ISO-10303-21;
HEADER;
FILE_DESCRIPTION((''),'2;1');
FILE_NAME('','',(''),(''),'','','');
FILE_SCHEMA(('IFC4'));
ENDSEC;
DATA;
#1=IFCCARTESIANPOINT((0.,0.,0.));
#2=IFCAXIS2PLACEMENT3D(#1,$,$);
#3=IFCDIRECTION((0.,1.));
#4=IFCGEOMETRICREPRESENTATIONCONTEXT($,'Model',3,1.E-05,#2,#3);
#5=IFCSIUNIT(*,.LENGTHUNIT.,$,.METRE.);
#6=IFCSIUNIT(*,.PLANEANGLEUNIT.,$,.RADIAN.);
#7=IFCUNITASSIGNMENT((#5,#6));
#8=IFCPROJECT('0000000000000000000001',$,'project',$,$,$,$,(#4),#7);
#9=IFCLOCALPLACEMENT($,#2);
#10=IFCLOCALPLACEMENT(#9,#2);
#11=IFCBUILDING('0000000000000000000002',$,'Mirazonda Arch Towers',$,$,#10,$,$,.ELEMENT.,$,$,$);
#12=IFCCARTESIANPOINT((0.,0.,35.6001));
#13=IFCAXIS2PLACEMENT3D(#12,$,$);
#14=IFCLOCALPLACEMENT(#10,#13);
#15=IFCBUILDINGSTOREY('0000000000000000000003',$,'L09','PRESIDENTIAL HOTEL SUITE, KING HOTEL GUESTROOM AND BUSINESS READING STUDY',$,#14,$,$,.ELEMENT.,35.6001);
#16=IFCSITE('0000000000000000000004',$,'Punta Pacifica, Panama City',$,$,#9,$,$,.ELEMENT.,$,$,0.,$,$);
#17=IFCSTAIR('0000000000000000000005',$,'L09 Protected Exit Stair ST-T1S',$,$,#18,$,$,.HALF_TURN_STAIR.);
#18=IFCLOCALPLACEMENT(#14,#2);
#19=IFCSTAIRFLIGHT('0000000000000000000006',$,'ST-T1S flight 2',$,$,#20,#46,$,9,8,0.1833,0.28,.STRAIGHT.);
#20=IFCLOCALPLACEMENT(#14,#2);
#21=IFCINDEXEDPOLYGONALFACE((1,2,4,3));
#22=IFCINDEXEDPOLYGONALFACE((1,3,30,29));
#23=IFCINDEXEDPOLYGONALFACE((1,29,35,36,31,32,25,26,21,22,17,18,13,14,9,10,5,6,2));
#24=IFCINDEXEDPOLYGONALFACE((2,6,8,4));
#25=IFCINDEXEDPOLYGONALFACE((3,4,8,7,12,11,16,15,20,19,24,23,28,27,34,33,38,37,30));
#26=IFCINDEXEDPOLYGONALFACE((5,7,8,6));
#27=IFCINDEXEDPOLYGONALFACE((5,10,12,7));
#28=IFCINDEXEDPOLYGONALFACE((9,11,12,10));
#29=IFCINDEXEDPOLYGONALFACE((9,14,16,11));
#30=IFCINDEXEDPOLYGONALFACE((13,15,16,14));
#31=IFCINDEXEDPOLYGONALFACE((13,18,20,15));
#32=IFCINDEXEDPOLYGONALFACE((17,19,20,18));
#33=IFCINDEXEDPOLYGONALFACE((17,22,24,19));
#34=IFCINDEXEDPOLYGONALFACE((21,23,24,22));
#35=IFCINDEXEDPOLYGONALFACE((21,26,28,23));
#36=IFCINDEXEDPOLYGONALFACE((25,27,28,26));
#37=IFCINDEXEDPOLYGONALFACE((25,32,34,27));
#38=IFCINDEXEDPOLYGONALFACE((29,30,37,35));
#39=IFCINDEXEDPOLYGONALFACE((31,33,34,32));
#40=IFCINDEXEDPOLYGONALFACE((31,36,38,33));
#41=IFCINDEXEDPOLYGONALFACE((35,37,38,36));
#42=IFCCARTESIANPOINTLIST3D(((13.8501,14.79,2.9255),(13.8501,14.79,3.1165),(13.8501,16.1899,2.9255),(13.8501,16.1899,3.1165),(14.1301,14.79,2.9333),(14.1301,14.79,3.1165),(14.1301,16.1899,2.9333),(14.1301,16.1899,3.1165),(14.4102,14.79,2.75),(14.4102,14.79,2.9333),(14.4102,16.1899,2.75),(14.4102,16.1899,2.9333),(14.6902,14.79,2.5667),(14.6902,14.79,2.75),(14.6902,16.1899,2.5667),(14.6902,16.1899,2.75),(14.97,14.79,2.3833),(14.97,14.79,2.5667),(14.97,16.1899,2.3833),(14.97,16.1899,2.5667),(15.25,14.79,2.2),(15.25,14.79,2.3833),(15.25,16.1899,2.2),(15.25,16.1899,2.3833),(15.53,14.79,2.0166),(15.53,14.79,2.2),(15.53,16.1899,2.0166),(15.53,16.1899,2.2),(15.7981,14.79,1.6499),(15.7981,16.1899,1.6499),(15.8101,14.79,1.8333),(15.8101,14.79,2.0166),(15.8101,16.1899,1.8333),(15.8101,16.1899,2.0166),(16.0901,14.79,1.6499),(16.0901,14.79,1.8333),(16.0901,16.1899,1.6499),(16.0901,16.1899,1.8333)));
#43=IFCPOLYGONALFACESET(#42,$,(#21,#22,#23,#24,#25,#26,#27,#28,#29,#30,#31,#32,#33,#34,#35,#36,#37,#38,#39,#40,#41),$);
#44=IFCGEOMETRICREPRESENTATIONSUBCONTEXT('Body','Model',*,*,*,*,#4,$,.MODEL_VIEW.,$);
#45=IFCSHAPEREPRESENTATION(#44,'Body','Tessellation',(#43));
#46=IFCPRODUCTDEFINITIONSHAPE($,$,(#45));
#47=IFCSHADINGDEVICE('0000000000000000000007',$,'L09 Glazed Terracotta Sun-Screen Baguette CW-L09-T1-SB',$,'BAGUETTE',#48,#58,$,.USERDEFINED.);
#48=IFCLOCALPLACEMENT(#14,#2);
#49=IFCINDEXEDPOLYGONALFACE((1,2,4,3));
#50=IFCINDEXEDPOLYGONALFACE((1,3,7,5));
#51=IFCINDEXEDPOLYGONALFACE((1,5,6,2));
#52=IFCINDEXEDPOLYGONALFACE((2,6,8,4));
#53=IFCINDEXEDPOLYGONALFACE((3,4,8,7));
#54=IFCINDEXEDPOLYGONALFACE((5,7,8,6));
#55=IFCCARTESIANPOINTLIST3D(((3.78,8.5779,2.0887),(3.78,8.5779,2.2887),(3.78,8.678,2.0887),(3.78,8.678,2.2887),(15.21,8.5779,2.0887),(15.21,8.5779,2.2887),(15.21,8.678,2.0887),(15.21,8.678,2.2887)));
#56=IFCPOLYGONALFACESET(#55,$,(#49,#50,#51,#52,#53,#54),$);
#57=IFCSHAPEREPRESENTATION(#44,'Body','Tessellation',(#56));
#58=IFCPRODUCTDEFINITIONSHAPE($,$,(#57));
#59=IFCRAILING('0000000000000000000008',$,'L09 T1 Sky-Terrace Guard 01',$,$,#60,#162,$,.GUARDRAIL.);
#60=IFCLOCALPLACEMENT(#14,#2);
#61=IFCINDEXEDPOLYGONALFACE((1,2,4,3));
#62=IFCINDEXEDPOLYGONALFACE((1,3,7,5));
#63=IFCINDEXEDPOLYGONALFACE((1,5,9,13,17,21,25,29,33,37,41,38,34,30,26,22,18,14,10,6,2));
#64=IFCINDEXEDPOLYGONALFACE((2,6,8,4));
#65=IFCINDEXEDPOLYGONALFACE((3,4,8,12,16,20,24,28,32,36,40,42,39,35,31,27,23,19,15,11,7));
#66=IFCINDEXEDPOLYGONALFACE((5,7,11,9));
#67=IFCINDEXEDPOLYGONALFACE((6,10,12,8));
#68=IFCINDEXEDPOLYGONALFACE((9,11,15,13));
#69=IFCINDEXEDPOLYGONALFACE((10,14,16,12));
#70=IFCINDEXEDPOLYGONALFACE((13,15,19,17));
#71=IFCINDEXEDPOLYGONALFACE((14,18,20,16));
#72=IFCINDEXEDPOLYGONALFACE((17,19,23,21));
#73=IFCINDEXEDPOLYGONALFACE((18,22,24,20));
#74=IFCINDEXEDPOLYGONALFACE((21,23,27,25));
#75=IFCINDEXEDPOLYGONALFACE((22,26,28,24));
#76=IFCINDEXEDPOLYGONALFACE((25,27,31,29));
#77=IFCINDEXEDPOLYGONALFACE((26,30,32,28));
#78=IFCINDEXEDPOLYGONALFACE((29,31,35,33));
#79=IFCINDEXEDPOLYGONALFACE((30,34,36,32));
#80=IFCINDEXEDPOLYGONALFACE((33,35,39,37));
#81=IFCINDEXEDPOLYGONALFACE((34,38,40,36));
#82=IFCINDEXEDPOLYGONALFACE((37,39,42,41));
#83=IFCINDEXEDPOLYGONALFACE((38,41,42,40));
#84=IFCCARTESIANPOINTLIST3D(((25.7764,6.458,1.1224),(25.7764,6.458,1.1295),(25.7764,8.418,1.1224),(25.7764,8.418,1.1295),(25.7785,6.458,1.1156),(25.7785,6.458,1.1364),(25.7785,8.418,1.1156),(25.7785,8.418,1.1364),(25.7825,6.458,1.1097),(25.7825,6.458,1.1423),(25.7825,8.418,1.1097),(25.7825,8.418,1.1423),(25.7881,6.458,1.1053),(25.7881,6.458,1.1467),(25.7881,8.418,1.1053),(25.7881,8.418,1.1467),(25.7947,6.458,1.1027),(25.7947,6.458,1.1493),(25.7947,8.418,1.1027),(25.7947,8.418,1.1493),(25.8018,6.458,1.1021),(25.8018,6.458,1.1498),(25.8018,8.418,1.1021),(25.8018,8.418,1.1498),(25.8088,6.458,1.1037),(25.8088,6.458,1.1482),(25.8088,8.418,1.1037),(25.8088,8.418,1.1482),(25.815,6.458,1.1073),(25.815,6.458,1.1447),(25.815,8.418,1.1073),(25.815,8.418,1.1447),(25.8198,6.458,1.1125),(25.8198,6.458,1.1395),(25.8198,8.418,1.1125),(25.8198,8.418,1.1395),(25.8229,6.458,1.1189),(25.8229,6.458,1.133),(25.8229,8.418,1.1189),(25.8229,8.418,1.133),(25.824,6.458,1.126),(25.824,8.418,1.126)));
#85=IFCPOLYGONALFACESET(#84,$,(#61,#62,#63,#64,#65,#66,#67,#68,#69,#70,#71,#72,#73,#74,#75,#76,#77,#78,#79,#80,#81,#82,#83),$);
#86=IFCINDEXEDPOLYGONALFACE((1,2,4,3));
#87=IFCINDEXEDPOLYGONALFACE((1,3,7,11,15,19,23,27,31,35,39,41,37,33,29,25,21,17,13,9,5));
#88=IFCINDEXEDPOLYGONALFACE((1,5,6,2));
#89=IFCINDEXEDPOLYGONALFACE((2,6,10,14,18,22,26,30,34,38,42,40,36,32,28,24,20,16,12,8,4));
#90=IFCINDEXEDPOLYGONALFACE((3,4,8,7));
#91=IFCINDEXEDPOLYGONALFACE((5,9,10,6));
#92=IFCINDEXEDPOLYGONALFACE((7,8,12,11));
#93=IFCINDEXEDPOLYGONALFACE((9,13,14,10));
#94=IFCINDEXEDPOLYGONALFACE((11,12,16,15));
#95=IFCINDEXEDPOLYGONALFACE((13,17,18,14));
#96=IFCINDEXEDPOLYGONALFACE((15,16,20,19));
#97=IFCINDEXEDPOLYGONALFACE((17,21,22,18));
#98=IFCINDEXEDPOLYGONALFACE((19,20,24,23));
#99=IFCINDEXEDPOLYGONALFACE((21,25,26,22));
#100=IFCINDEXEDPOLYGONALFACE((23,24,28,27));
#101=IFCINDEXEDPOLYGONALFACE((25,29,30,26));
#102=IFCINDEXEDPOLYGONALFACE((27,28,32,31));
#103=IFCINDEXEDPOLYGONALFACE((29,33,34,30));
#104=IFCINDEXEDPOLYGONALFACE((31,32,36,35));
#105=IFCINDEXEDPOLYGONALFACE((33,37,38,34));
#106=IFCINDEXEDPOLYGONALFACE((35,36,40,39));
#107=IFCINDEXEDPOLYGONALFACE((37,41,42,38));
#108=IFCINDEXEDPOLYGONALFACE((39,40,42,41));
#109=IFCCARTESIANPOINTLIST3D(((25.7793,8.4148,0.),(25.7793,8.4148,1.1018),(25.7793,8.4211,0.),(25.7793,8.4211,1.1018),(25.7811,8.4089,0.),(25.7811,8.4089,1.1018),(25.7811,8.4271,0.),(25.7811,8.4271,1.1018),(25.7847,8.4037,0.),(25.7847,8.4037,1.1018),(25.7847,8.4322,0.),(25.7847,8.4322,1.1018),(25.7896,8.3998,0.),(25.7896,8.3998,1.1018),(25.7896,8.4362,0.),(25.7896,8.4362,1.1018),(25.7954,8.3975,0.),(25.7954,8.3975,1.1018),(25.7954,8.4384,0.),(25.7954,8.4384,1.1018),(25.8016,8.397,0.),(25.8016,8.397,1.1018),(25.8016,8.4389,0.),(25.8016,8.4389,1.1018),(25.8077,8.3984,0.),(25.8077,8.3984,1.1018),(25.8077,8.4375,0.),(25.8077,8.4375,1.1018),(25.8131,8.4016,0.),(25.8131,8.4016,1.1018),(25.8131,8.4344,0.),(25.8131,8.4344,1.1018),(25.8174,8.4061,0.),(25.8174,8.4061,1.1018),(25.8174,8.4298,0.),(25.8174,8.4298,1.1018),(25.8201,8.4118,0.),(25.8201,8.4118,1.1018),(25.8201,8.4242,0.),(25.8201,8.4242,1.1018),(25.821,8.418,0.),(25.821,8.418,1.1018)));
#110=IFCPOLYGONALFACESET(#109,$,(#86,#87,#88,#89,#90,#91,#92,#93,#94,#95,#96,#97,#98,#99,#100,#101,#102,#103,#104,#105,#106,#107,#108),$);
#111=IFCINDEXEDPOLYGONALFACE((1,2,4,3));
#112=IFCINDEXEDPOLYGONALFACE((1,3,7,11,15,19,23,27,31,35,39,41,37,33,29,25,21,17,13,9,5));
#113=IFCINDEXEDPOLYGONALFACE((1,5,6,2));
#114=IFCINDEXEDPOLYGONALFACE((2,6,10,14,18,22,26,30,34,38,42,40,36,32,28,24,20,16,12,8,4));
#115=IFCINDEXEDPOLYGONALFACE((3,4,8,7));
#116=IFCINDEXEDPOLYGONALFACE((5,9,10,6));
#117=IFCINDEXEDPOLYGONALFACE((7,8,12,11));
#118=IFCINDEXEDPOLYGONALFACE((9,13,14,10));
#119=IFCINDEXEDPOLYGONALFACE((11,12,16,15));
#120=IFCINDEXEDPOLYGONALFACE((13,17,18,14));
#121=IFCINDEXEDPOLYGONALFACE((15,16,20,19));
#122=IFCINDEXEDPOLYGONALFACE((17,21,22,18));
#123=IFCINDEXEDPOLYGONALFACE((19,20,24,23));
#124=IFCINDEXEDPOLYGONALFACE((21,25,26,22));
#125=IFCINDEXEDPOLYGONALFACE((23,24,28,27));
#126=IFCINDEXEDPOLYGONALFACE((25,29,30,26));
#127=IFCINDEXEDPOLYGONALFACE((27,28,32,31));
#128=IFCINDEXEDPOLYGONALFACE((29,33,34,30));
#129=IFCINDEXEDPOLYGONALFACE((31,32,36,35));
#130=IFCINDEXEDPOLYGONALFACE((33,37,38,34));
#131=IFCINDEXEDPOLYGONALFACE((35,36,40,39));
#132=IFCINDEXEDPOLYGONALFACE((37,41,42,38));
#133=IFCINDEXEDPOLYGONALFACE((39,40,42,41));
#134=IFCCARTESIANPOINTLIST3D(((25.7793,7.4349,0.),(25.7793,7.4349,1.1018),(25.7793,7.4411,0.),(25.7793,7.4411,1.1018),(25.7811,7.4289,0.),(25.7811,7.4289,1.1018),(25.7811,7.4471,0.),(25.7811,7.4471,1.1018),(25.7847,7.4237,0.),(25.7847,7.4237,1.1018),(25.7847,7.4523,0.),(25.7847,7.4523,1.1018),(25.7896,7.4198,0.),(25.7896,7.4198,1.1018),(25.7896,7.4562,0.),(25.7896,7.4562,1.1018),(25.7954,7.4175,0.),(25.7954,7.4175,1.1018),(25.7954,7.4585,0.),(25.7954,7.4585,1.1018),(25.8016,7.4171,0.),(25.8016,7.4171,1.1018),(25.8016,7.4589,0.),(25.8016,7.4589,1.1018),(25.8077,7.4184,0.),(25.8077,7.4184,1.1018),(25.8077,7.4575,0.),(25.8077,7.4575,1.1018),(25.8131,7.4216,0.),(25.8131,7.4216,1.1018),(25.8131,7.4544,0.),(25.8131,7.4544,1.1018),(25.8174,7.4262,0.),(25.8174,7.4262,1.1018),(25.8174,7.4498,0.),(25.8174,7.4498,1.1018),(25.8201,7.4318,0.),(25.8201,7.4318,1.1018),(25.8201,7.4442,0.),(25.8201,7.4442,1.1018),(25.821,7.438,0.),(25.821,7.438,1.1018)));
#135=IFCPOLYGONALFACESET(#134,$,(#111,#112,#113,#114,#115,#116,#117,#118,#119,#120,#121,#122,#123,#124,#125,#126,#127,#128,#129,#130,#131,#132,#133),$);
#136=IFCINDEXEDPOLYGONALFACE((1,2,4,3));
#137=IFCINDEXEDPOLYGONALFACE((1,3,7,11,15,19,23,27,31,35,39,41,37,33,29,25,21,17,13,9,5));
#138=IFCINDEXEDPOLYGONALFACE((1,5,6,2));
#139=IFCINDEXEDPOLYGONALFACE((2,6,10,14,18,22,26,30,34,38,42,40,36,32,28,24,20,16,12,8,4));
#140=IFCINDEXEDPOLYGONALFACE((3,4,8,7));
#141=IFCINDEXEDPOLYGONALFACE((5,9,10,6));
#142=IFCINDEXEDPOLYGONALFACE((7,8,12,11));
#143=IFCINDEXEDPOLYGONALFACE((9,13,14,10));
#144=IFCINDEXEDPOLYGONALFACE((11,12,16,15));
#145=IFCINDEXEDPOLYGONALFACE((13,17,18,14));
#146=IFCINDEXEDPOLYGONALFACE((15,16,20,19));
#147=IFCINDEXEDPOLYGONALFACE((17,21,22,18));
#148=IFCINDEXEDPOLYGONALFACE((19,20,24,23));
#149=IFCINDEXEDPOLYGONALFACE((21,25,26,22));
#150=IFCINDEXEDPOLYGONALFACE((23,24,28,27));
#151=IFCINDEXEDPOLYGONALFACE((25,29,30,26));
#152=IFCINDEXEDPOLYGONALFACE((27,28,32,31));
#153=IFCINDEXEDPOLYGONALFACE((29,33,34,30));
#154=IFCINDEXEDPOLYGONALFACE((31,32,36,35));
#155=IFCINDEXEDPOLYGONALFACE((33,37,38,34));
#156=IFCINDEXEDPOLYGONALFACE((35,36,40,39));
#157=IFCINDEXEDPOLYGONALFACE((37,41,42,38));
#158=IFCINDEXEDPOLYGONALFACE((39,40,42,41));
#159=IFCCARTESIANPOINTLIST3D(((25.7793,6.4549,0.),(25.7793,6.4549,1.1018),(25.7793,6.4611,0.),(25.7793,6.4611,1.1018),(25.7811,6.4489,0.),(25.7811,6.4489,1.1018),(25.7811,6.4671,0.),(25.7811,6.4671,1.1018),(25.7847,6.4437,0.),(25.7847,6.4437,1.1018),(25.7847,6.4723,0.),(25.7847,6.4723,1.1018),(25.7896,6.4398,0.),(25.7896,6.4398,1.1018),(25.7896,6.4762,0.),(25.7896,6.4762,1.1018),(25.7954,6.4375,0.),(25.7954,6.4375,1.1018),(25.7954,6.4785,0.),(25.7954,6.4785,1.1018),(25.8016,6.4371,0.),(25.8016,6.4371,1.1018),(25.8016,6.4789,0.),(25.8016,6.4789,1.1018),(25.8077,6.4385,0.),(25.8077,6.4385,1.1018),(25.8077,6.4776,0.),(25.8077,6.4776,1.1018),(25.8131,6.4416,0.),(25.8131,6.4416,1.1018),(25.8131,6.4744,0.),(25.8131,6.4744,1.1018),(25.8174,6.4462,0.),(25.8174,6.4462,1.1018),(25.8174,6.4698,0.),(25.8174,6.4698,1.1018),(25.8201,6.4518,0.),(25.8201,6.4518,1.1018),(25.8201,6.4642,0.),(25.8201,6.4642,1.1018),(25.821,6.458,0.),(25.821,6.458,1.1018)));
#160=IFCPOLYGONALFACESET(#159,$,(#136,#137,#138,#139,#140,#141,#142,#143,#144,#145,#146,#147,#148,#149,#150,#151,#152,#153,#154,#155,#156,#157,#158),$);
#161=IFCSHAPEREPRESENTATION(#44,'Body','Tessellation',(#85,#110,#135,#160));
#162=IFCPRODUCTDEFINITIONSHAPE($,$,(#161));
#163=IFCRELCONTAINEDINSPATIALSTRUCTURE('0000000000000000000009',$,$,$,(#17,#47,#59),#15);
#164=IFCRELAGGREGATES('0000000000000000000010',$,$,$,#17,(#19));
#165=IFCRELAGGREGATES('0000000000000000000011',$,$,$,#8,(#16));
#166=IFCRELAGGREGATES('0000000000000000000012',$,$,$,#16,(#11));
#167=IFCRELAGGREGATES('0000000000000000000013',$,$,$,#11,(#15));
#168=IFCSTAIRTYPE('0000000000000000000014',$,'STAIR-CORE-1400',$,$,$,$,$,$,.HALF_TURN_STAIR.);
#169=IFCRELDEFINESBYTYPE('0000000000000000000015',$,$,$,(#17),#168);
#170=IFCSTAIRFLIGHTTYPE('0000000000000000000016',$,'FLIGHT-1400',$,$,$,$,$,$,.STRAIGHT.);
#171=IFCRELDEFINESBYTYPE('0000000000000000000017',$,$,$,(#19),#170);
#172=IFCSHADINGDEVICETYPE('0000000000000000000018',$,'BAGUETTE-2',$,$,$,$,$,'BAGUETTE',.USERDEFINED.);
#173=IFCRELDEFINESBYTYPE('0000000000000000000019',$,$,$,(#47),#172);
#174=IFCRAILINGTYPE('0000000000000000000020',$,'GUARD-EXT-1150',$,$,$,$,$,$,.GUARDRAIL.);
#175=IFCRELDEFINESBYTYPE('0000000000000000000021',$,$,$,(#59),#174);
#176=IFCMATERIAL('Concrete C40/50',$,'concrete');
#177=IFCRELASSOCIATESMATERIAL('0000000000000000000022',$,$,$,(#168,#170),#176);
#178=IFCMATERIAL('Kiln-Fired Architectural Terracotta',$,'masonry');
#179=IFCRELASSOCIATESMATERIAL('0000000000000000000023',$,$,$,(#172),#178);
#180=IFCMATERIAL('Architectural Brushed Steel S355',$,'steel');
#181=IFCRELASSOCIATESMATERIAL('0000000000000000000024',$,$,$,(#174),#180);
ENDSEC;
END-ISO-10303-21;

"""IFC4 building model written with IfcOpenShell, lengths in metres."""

from ifc_helpers import new_model, si_unit, direction, frame, origin, origin_2d, place, context, subcontext, project, spatial, polyline, rectangle, circle, outline, extrude, material, material_profile, profile_set, type_object, element, aggregate, save


model = new_model("IFC4")

# Units and contexts
model_context = context("Model", 3, precision=1e-05, world=origin(), true_north=direction((0.0, 1.0)))
body_context = subcontext(model_context, "Body", "Model", "MODEL_VIEW")
ifc_project = project(units=[si_unit("LENGTHUNIT", "METRE"), si_unit("PLANEANGLEUNIT", "RADIAN")], contexts=[model_context])

# Site, building, storey
site_placement = place(None, origin())
site = spatial("IfcSite", under=ifc_project, at=site_placement, Name="Punta Pacifica, Panama City", CompositionType="ELEMENT", RefElevation=0.0)
building_placement = place(site_placement, origin())
building = spatial("IfcBuilding", under=site, at=building_placement, Name="Mirazonda Arch Towers", CompositionType="ELEMENT")
storey_placement = place(building_placement, frame((0.0, 0.0, 35.6001)))
storey = spatial("IfcBuildingStorey", under=building, at=storey_placement, Name="L09", Description="PRESIDENTIAL HOTEL SUITE, KING HOTEL GUESTROOM AND BUSINESS READING STUDY", CompositionType="ELEMENT", Elevation=35.6001)

# Shared definitions
ifc_material_1 = material(Name="Concrete C40/50", Category="concrete")

# Stair, stair flight
stair_type = type_object("IfcStairType", Name="STAIR-CORE-1400", PredefinedType="HALF_TURN_STAIR", material=ifc_material_1)
stair_placement = place(storey_placement, origin())
stair = element("IfcStair", 1, at=stair_placement, inside=storey, type_object=stair_type, Name="L09 Protected Exit Stair ST-T1S", PredefinedType="HALF_TURN_STAIR")
stair_flight_type = type_object("IfcStairFlightType", Name="FLIGHT-1400", PredefinedType="STRAIGHT", material=ifc_material_1)
stair_flight_placement = place(storey_placement, frame((16.0901, 15.49, 1.6499), z_axis=(0.0, 0.0, 1.0), x_axis=(-1.0, 0.0, 0.0)))
stair_flight = element("IfcStairFlight", 2, at=stair_flight_placement, type_object=stair_flight_type, Name="ST-T1S flight 2", NumberOfRisers=9, NumberOfTreads=8, PredefinedType="STRAIGHT", RiserHeight=0.1833, TreadLength=0.28, context=body_context, shape_type="SweptSolid", body=[
    extrude(outline(polyline([(0.0, 0.0), (0.0, 0.1833), (0.28, 0.1833), (0.28, 0.3667), (0.5601, 0.3667), (0.5601, 0.55), (0.8401, 0.55), (0.8401, 0.7334), (1.1201, 0.7334), (1.1201, 0.9167), (1.3999, 0.9167), (1.3999, 1.1001), (1.6799, 1.1001), (1.6799, 1.2834), (1.96, 1.2834), (1.96, 1.4666), (2.24, 1.4666), (2.24, 1.6499), (2.24, 1.2756), (0.292, 0.0), (0.0, 0.0)])), frame((0.0, 0.7, 0.0), z_axis=(0.0, -1.0, 0.0), x_axis=(1.0, 0.0, 0.0)), (0.0, 0.0, 1.0), 1.3999),
])
aggregate(stair, [stair_flight])

# Shading device
ifc_material_2 = material(Name="Kiln-Fired Architectural Terracotta", Category="masonry")
ifc_material_profile_1 = material_profile(ifc_material_2, rectangle(XDim=0.1001, YDim=0.2, at=origin_2d()), Name="TERRA-BAG-100x200")
ifc_profile_set_1 = profile_set([ifc_material_profile_1], Name="Kiln-Fired Architectural Terracotta")
shading_device_type = type_object("IfcShadingDeviceType", Name="BAGUETTE-2", ElementType="BAGUETTE", PredefinedType="USERDEFINED", material=ifc_profile_set_1)
shading_device_placement = place(storey_placement, frame((15.21, 8.6279, 2.1887), z_axis=(-1.0, 0.0, 0.0), x_axis=(0.0, -1.0, 0.0)))
element("IfcShadingDevice", 3, at=shading_device_placement, inside=storey, type_object=shading_device_type, Name="L09 Glazed Terracotta Sun-Screen Baguette CW-L09-T1-SB", ObjectType="BAGUETTE", PredefinedType="USERDEFINED", context=body_context, shape_type="SweptSolid", body=[
    extrude(rectangle(XDim=0.1001, YDim=0.2, at=origin_2d()), origin(), (0.0, 0.0, 1.0), 11.4299),
])

# Railing
ifc_material_3 = material(Name="Architectural Brushed Steel S355", Category="steel")
railing_type_1 = type_object("IfcRailingType", Name="GUARD-EXT-1150", PredefinedType="GUARDRAIL", material=ifc_material_3)
railing_1_placement = place(storey_placement, frame((25.8, 8.418, 0.0)))
element("IfcRailing", 4, at=railing_1_placement, inside=storey, type_object=railing_type_1, Name="L09 T1 Sky-Terrace Guard 01", PredefinedType="GUARDRAIL", context=body_context, shape_type="SweptSolid", body=[
    extrude(circle(Radius=0.0239, at=origin_2d()), frame((0.0, 0.0, 1.126), z_axis=(0.0, -1.0, 0.0), x_axis=(1.0, 0.0, 0.0)), (0.0, 0.0, 1.0), 1.96),
    extrude(circle(Radius=0.021, at=origin_2d()), origin(), (0.0, 0.0, 1.0), 1.1018),
    extrude(circle(Radius=0.021, at=origin_2d()), frame((0.0, -0.98, 0.0)), (0.0, 0.0, 1.0), 1.1018),
    extrude(circle(Radius=0.021, at=origin_2d()), frame((0.0, -1.96, 0.0)), (0.0, 0.0, 1.0), 1.1018),
])

save(model, "model.ifc")
